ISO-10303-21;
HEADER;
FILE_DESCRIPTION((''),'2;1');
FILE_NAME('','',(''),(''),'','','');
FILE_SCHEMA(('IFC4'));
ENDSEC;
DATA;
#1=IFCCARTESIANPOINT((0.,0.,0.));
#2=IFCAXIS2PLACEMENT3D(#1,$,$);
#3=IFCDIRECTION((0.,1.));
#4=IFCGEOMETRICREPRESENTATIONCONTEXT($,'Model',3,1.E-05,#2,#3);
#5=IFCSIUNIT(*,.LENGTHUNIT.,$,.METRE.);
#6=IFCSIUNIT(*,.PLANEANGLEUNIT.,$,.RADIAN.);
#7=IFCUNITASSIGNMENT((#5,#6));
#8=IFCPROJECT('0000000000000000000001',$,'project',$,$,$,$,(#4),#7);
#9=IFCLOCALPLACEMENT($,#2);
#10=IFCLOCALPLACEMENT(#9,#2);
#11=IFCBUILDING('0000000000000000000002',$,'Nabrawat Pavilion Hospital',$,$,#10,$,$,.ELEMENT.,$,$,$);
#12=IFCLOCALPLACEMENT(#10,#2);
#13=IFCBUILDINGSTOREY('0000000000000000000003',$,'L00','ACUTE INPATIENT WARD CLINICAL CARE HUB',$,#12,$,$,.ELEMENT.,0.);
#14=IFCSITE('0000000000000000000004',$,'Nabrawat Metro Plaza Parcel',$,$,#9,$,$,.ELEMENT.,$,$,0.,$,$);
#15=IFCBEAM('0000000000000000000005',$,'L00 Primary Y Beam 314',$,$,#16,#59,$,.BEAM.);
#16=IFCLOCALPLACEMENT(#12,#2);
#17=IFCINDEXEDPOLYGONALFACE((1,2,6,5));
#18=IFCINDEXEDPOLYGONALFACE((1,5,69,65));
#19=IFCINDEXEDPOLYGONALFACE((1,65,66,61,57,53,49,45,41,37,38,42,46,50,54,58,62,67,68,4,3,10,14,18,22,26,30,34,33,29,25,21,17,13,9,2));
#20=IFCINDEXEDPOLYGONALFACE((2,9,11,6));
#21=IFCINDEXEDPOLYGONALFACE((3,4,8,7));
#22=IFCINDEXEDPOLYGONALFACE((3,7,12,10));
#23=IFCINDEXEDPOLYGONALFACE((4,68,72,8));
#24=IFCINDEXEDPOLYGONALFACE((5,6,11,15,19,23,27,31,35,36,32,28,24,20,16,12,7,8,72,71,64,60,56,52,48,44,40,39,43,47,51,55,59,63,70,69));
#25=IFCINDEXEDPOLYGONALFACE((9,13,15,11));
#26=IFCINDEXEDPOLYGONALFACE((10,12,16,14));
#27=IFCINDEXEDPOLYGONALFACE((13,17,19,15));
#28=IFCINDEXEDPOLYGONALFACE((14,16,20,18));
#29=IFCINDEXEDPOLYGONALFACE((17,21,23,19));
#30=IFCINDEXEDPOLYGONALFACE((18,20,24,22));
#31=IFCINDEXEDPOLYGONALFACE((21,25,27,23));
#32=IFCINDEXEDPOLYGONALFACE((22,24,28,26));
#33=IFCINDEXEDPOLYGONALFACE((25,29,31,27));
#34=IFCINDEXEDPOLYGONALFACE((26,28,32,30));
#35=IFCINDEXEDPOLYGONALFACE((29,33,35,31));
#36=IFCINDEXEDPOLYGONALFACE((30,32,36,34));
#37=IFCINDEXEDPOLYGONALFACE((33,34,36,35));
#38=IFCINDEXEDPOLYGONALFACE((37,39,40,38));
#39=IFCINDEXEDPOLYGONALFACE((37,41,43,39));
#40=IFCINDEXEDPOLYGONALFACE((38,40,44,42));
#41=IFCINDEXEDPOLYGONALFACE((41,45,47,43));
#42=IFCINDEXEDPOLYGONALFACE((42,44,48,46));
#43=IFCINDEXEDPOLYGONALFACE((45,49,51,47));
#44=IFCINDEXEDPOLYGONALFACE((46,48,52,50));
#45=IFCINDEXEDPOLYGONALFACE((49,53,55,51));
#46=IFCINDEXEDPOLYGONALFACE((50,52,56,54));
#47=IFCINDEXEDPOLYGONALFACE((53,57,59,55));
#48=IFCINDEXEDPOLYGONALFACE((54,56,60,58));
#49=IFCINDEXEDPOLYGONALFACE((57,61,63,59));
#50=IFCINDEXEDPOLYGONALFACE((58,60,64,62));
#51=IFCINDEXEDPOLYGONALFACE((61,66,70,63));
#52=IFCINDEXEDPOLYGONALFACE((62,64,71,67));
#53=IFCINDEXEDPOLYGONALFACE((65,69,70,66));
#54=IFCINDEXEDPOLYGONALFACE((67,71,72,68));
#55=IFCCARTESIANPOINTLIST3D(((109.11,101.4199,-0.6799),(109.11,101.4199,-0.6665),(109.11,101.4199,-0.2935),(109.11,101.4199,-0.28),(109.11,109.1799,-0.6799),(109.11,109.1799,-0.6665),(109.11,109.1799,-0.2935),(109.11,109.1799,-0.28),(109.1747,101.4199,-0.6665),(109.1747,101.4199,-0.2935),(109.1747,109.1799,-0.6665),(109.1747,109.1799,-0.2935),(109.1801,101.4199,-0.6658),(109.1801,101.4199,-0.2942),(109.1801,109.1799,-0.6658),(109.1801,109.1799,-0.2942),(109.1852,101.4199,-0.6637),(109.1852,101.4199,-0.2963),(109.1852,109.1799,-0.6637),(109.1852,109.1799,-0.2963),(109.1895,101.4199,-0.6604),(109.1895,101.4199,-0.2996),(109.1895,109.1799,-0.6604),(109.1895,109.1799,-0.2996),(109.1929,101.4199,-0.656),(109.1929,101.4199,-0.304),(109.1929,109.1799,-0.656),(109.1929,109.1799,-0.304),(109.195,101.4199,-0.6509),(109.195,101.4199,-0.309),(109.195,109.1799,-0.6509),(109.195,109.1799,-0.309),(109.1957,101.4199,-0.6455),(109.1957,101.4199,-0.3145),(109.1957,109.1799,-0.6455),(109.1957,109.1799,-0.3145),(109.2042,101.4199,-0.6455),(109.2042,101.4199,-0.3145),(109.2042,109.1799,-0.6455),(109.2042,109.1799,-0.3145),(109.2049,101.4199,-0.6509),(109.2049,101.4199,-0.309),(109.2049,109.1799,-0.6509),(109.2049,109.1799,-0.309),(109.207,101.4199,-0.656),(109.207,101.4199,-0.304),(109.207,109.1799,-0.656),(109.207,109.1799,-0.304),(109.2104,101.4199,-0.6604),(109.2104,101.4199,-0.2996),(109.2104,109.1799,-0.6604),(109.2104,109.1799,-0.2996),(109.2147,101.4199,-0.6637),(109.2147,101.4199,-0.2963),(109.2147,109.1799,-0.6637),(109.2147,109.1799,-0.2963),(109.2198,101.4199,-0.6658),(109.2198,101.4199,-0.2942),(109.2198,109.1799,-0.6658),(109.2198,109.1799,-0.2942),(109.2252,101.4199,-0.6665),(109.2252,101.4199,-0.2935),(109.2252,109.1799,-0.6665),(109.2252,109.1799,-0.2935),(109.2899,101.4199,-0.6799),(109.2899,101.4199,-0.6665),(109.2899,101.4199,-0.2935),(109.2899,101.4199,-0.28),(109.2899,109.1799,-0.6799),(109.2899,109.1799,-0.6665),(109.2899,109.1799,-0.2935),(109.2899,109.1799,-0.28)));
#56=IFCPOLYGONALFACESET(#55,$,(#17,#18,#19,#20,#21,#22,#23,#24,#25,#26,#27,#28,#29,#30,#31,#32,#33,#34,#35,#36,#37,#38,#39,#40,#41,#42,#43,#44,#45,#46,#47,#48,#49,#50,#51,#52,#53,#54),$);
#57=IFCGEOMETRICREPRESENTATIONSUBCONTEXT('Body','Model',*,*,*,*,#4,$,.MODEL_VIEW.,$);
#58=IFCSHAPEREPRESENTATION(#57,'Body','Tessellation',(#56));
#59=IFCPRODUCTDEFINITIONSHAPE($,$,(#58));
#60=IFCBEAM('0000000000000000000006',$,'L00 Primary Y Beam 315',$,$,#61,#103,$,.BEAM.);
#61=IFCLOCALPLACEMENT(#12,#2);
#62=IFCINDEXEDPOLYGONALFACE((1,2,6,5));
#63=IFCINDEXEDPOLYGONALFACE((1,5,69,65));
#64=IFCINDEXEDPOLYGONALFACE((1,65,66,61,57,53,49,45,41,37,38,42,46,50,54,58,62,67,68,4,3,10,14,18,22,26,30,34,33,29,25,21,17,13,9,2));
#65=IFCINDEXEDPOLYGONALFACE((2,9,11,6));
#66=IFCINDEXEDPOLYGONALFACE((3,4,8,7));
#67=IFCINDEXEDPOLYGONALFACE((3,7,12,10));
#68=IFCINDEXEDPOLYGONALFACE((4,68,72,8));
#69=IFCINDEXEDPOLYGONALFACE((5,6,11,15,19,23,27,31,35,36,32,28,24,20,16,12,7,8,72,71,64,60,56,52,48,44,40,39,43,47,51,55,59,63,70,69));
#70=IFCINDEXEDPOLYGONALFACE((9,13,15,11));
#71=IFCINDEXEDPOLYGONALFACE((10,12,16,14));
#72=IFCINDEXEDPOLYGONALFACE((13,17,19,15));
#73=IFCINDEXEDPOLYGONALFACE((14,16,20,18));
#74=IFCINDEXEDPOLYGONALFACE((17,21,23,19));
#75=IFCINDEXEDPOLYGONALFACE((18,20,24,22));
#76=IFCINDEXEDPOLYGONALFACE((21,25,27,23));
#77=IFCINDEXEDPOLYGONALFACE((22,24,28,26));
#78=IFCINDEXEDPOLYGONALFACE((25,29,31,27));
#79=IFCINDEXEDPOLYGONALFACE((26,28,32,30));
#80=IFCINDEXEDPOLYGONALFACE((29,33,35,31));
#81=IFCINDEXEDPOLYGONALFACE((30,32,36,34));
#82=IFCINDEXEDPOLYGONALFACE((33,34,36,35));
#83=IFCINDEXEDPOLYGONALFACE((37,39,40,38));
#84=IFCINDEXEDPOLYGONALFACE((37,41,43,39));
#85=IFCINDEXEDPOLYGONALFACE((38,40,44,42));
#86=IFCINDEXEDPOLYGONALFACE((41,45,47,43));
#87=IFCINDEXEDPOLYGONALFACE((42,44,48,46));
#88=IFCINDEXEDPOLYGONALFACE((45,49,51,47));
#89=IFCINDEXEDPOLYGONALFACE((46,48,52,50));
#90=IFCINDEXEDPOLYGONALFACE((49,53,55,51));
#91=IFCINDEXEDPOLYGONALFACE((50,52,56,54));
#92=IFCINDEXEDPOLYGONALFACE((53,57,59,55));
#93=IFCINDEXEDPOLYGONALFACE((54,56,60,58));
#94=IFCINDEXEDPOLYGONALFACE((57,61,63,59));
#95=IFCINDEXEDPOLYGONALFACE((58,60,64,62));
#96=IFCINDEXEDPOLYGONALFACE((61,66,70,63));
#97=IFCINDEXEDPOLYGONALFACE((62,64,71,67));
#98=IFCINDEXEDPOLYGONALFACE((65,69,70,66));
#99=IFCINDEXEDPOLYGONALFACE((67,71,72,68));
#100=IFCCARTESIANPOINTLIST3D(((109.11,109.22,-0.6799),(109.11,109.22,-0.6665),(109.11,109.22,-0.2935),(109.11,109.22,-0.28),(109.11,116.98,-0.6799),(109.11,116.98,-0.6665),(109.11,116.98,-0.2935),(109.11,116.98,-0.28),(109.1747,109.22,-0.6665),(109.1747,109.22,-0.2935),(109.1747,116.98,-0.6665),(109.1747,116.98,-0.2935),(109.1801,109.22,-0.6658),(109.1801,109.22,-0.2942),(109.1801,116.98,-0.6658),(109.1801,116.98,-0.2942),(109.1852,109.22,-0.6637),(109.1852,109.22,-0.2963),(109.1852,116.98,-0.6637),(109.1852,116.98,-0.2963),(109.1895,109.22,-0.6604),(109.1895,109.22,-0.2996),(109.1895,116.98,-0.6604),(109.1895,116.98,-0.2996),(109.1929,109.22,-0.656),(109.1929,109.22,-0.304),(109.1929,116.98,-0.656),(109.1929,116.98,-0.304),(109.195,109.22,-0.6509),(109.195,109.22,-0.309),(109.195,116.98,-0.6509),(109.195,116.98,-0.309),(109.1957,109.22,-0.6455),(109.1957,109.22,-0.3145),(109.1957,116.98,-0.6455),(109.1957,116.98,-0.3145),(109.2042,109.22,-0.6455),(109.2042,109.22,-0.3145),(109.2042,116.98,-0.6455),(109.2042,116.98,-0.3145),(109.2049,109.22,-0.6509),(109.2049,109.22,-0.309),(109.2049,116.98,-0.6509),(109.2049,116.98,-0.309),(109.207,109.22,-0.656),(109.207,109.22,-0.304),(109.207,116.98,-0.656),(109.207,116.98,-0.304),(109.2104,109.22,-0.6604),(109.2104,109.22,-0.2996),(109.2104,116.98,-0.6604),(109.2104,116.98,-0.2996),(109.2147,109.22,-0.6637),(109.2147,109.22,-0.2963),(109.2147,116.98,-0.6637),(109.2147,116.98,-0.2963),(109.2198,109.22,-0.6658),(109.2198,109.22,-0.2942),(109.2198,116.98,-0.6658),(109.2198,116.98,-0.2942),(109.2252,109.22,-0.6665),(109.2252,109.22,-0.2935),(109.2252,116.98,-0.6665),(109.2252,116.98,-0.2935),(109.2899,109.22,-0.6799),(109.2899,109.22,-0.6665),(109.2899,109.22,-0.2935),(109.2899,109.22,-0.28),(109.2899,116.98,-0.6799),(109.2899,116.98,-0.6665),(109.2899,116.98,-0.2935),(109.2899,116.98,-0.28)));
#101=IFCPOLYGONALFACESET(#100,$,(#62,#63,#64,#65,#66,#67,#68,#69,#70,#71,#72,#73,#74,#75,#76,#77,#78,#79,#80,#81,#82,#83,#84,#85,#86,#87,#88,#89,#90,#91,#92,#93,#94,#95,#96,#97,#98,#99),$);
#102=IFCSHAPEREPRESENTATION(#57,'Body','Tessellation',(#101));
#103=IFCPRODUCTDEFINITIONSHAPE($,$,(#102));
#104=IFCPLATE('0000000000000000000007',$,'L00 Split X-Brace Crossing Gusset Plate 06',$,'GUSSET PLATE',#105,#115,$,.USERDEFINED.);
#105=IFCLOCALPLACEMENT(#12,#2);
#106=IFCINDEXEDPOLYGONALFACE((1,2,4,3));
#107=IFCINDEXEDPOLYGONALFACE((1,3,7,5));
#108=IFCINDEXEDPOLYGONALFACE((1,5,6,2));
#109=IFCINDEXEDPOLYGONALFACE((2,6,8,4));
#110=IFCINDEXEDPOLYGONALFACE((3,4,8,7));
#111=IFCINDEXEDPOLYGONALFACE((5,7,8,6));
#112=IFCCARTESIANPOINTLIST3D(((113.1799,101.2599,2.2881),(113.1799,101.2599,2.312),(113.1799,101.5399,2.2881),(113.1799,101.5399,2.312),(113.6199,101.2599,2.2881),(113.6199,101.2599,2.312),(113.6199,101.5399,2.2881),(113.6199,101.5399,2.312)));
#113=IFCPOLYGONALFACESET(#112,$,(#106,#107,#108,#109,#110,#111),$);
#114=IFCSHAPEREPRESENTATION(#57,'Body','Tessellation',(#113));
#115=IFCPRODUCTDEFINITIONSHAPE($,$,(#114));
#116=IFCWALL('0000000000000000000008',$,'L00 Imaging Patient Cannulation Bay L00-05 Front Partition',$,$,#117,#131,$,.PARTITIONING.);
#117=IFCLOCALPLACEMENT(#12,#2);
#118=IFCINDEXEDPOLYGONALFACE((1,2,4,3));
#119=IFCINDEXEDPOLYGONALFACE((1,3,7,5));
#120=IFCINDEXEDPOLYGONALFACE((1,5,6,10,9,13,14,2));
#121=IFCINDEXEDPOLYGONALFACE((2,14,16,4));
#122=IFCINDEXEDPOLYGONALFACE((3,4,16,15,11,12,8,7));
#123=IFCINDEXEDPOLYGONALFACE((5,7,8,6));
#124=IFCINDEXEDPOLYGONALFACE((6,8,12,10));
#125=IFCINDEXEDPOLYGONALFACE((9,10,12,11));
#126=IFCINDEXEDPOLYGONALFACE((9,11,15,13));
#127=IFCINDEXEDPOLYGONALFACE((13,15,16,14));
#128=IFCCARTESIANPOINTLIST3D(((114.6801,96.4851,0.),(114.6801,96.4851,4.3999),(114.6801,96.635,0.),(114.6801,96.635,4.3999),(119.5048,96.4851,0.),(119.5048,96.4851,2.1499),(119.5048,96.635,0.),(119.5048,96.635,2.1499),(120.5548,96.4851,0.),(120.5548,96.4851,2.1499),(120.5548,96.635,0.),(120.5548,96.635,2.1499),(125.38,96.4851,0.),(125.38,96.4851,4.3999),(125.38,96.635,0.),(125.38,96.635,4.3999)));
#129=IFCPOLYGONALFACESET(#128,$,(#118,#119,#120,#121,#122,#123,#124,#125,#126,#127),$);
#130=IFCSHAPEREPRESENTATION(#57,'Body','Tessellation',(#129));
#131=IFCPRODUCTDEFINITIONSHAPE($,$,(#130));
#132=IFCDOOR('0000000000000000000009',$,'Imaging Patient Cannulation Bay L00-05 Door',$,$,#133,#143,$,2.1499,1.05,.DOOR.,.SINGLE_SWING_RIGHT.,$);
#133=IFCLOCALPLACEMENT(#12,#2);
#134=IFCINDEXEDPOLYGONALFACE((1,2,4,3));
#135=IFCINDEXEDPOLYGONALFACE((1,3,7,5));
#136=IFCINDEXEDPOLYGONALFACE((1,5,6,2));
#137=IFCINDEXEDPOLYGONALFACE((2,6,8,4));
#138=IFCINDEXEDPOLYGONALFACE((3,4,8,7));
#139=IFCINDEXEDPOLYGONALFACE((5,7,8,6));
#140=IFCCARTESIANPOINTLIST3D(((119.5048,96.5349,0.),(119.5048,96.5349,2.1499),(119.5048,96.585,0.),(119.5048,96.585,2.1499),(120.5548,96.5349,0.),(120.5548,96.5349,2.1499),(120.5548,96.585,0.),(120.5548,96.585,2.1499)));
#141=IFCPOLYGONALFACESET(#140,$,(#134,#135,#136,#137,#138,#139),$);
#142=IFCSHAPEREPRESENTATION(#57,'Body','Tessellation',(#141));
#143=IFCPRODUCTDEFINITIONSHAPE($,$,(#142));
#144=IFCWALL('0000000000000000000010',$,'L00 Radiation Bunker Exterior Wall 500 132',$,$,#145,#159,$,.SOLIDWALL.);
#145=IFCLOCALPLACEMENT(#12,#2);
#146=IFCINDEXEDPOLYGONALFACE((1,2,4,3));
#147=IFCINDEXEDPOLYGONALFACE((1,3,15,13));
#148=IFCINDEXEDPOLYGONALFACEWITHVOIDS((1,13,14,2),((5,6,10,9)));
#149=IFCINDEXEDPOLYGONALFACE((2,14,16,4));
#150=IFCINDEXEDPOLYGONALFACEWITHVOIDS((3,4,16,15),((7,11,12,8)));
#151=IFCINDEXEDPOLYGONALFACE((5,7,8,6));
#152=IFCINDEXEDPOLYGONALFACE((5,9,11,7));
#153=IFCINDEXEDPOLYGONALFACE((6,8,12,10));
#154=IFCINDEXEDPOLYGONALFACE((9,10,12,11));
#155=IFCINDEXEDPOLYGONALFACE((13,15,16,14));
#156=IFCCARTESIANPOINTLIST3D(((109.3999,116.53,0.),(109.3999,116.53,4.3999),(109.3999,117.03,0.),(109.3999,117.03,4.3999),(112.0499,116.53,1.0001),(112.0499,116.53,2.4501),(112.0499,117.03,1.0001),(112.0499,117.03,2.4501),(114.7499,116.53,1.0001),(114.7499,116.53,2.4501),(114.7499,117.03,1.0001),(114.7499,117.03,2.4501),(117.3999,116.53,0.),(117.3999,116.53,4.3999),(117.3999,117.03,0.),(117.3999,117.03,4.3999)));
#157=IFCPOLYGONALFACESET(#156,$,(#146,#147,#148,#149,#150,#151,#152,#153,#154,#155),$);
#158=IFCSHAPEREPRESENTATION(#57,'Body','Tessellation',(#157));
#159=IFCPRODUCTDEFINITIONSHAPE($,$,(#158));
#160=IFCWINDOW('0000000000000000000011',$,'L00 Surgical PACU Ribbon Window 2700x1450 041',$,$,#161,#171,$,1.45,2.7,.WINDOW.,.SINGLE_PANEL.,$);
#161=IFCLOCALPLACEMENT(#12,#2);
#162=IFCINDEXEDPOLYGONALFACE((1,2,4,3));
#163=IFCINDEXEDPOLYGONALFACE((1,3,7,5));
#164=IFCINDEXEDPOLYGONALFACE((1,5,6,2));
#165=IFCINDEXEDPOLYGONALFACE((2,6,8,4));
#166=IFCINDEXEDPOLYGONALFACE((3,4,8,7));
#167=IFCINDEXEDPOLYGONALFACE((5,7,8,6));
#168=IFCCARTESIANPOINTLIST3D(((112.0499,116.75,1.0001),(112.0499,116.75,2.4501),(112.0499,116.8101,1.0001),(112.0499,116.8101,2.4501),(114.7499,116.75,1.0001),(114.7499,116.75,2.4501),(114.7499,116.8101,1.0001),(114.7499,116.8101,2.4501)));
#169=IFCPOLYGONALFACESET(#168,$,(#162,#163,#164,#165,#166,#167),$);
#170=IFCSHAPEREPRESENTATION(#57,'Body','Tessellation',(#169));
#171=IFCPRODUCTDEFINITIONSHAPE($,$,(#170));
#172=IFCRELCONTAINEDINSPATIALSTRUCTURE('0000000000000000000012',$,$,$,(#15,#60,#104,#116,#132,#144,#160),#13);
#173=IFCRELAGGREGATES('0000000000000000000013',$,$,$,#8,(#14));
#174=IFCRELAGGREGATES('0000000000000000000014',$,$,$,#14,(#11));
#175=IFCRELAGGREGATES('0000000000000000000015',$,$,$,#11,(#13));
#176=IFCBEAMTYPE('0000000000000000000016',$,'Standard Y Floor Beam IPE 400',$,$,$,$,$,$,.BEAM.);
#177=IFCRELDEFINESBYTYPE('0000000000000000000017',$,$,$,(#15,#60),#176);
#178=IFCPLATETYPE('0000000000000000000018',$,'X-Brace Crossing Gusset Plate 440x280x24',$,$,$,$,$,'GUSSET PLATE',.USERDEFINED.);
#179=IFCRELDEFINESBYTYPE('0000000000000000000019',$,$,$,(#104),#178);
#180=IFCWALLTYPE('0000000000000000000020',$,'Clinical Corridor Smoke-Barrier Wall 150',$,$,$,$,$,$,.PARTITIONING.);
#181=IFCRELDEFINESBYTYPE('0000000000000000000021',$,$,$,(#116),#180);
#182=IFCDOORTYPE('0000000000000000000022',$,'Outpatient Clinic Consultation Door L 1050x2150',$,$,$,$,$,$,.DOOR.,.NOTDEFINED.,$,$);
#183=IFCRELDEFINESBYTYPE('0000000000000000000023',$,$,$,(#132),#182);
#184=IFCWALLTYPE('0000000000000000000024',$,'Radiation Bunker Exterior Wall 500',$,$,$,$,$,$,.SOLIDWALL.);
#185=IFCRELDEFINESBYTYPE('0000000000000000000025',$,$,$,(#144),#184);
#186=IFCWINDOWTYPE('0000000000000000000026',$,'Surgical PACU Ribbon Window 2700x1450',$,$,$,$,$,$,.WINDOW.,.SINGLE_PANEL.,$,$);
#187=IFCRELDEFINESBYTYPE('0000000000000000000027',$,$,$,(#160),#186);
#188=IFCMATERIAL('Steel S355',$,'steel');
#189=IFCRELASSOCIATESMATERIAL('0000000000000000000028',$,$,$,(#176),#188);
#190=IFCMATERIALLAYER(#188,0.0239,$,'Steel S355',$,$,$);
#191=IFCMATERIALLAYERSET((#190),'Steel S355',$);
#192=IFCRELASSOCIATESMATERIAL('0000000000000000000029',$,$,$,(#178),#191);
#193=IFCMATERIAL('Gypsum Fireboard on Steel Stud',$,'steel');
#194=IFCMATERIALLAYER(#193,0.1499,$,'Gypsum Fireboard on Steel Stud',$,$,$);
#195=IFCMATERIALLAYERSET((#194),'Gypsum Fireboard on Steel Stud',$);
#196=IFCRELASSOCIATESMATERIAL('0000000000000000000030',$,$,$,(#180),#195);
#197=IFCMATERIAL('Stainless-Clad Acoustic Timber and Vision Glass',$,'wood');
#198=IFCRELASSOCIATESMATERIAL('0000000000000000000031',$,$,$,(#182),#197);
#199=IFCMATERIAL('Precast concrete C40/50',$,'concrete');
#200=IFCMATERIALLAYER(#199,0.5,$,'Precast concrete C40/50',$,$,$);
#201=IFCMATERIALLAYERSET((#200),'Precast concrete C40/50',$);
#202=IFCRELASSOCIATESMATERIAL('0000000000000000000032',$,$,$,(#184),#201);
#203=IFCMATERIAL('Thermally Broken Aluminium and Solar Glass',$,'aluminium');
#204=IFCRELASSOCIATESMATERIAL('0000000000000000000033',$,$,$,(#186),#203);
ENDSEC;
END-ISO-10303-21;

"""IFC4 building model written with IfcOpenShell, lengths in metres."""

from ifc_helpers import new_model, si_unit, direction, frame, frame_2d, origin, origin_2d, place, context, subcontext, project, spatial, rectangle, i_section, extrude, material, layer, layer_set, material_profile, profile_set, type_object, element, fill, save


model = new_model("IFC4")

# Units and contexts
model_context = context("Model", 3, precision=1e-05, world=origin(), true_north=direction((0.0, 1.0)))
body_context = subcontext(model_context, "Body", "Model", "MODEL_VIEW")
ifc_project = project(units=[si_unit("LENGTHUNIT", "METRE"), si_unit("PLANEANGLEUNIT", "RADIAN")], contexts=[model_context])

# Site, building, storey
site_placement = place(None, origin())
site = spatial("IfcSite", under=ifc_project, at=site_placement, Name="Nabrawat Metro Plaza Parcel", CompositionType="ELEMENT", RefElevation=0.0)
building_placement = place(site_placement, origin())
building = spatial("IfcBuilding", under=site, at=building_placement, Name="Nabrawat Pavilion Hospital", CompositionType="ELEMENT")
storey_placement = place(building_placement, origin())
storey = spatial("IfcBuildingStorey", under=building, at=storey_placement, Name="L00", Description="ACUTE INPATIENT WARD CLINICAL CARE HUB", CompositionType="ELEMENT", Elevation=0.0)

# Shared definitions
ifc_material_1 = material(Name="Steel S355", Category="steel")

# Beams
ifc_material_profile_1 = material_profile(ifc_material_1, i_section(OverallWidth=0.1799, OverallDepth=0.3999, WebThickness=0.0085, FlangeThickness=0.0134, FilletRadius=0.021, at=origin_2d()), Name="IPE 400")
ifc_profile_set_1 = profile_set([ifc_material_profile_1], Name="Steel S355")
beam_type_1 = type_object("IfcBeamType", Name="Standard Y Floor Beam IPE 400", PredefinedType="BEAM", material=ifc_profile_set_1)
for number, where, z_axis, x_axis, name in (
    (1, (109.2, 101.4199, -0.48), (0.0, 1.0, 0.0), (-1.0, 0.0, 0.0), "L00 Primary Y Beam 314"),
    (2, (109.2, 109.22, -0.48), (0.0, 1.0, 0.0), (-1.0, 0.0, 0.0), "L00 Primary Y Beam 315"),
):
    element("IfcBeam", number, at=place(storey_placement, frame(where, z_axis=z_axis, x_axis=x_axis)), inside=storey, type_object=beam_type_1, Name=name, PredefinedType="BEAM", context=body_context, shape_type="SweptSolid", body=[
        extrude(i_section(OverallWidth=0.1799, OverallDepth=0.3999, WebThickness=0.0085, FlangeThickness=0.0134, FilletRadius=0.021, at=origin_2d()), origin(), (0.0, 0.0, 1.0), 7.76),
    ])

# Plate
ifc_layer_1 = layer(ifc_material_1, 0.0239, Name="Steel S355")
ifc_layer_set_1 = layer_set([ifc_layer_1], Name="Steel S355")
plate_type = type_object("IfcPlateType", Name="X-Brace Crossing Gusset Plate 440x280x24", ElementType="GUSSET PLATE", PredefinedType="USERDEFINED", material=ifc_layer_set_1)
plate_placement = place(storey_placement, frame((113.3999, 101.3999, 2.2881), z_axis=(0.0, 0.0, 1.0), x_axis=(1.0, 0.0, 0.0)))
element("IfcPlate", 3, at=plate_placement, inside=storey, type_object=plate_type, Name="L00 Split X-Brace Crossing Gusset Plate 06", ObjectType="GUSSET PLATE", PredefinedType="USERDEFINED", context=body_context, shape_type="SweptSolid", body=[
    extrude(rectangle(XDim=0.4399, YDim=0.28, at=origin_2d()), origin(), (0.0, 0.0, 1.0), 0.0239),
])

# Wall, opening, door
ifc_material_2 = material(Name="Gypsum Fireboard on Steel Stud", Category="steel")
ifc_layer_2 = layer(ifc_material_2, 0.1499, Name="Gypsum Fireboard on Steel Stud")
ifc_layer_set_2 = layer_set([ifc_layer_2], Name="Gypsum Fireboard on Steel Stud")
wall_type_1 = type_object("IfcWallType", Name="Clinical Corridor Smoke-Barrier Wall 150", PredefinedType="PARTITIONING", material=ifc_layer_set_2)
wall_1_placement = place(storey_placement, frame((114.6799, 96.5601, 0.0), z_axis=(0.0, 0.0, 1.0), x_axis=(1.0, 0.0, 0.0)))
wall_1 = element("IfcWall", 4, at=wall_1_placement, inside=storey, type_object=wall_type_1, Name="L00 Imaging Patient Cannulation Bay L00-05 Front Partition", PredefinedType="PARTITIONING", context=body_context, shape_type="SweptSolid", body=[
    extrude(rectangle(XDim=10.7, YDim=0.1499, at=frame_2d((5.3501, 0.0))), origin(), (0.0, 0.0, 1.0), 4.3999),
])
opening_1_placement = place(wall_1_placement, frame((4.825, 0.0, 0.0)))
opening_1 = element("IfcOpeningElement", 5, at=opening_1_placement, cuts=wall_1, PredefinedType="OPENING", context=body_context, shape_type="SweptSolid", body=[
    extrude(rectangle(XDim=1.05, YDim=2.1499, at=frame_2d((0.5249, 1.075))), frame((0.0, 0.085, 0.0), z_axis=(0.0, -1.0, 0.0), x_axis=(1.0, 0.0, 0.0)), (0.0, 0.0, 1.0), 0.1699),
])
ifc_material_3 = material(Name="Stainless-Clad Acoustic Timber and Vision Glass", Category="wood")
door_type = type_object("IfcDoorType", Name="Outpatient Clinic Consultation Door L 1050x2150", OperationType="NOTDEFINED", PredefinedType="DOOR", material=ifc_material_3)
door_placement = place(opening_1_placement, origin())
door = element("IfcDoor", 6, at=door_placement, inside=storey, type_object=door_type, Name="Imaging Patient Cannulation Bay L00-05 Door", OperationType="SINGLE_SWING_RIGHT", OverallHeight=2.1499, OverallWidth=1.05, PredefinedType="DOOR", context=body_context, shape_type="SweptSolid", body=[
    extrude(rectangle(XDim=1.05, YDim=2.1499, at=frame_2d((0.5249, 1.075))), frame((0.0, 0.0249, 0.0), z_axis=(0.0, -1.0, 0.0), x_axis=(1.0, 0.0, 0.0)), (0.0, 0.0, 1.0), 0.05),
])
fill(opening_1, door)

# Wall, opening, window
ifc_material_4 = material(Name="Precast concrete C40/50", Category="concrete")
ifc_layer_3 = layer(ifc_material_4, 0.5, Name="Precast concrete C40/50")
ifc_layer_set_3 = layer_set([ifc_layer_3], Name="Precast concrete C40/50")
wall_type_2 = type_object("IfcWallType", Name="Radiation Bunker Exterior Wall 500", PredefinedType="SOLIDWALL", material=ifc_layer_set_3)
wall_2_placement = place(storey_placement, frame((109.3999, 116.78, 0.0), z_axis=(0.0, 0.0, 1.0), x_axis=(1.0, 0.0, 0.0)))
wall_2 = element("IfcWall", 7, at=wall_2_placement, inside=storey, type_object=wall_type_2, Name="L00 Radiation Bunker Exterior Wall 500 132", PredefinedType="SOLIDWALL", context=body_context, shape_type="SweptSolid", body=[
    extrude(rectangle(XDim=8.0, YDim=0.5, at=frame_2d((4.0, 0.0))), origin(), (0.0, 0.0, 1.0), 4.3999),
])
opening_2_placement = place(wall_2_placement, frame((2.6499, 0.0, 1.0)))
opening_2 = element("IfcOpeningElement", 8, at=opening_2_placement, cuts=wall_2, PredefinedType="OPENING", context=body_context, shape_type="SweptSolid", body=[
    extrude(rectangle(XDim=2.7, YDim=1.45, at=frame_2d((1.3501, 0.7251))), frame((0.0, 0.26, 0.0), z_axis=(0.0, -1.0, 0.0), x_axis=(1.0, 0.0, 0.0)), (0.0, 0.0, 1.0), 0.52),
])
ifc_material_5 = material(Name="Thermally Broken Aluminium and Solar Glass", Category="aluminium")
window_type = type_object("IfcWindowType", Name="Surgical PACU Ribbon Window 2700x1450", PartitioningType="SINGLE_PANEL", PredefinedType="WINDOW", material=ifc_material_5)
window_placement = place(opening_2_placement, origin())
window = element("IfcWindow", 9, at=window_placement, inside=storey, type_object=window_type, Name="L00 Surgical PACU Ribbon Window 2700x1450 041", OverallHeight=1.45, OverallWidth=2.7, PartitioningType="SINGLE_PANEL", PredefinedType="WINDOW", context=body_context, shape_type="SweptSolid", body=[
    extrude(rectangle(XDim=2.7, YDim=1.45, at=frame_2d((1.3501, 0.7251))), frame((0.0, 0.03, 0.0), z_axis=(0.0, -1.0, 0.0), x_axis=(1.0, 0.0, 0.0)), (0.0, 0.0, 1.0), 0.0601),
])
fill(opening_2, window)

save(model, "model.ifc")
